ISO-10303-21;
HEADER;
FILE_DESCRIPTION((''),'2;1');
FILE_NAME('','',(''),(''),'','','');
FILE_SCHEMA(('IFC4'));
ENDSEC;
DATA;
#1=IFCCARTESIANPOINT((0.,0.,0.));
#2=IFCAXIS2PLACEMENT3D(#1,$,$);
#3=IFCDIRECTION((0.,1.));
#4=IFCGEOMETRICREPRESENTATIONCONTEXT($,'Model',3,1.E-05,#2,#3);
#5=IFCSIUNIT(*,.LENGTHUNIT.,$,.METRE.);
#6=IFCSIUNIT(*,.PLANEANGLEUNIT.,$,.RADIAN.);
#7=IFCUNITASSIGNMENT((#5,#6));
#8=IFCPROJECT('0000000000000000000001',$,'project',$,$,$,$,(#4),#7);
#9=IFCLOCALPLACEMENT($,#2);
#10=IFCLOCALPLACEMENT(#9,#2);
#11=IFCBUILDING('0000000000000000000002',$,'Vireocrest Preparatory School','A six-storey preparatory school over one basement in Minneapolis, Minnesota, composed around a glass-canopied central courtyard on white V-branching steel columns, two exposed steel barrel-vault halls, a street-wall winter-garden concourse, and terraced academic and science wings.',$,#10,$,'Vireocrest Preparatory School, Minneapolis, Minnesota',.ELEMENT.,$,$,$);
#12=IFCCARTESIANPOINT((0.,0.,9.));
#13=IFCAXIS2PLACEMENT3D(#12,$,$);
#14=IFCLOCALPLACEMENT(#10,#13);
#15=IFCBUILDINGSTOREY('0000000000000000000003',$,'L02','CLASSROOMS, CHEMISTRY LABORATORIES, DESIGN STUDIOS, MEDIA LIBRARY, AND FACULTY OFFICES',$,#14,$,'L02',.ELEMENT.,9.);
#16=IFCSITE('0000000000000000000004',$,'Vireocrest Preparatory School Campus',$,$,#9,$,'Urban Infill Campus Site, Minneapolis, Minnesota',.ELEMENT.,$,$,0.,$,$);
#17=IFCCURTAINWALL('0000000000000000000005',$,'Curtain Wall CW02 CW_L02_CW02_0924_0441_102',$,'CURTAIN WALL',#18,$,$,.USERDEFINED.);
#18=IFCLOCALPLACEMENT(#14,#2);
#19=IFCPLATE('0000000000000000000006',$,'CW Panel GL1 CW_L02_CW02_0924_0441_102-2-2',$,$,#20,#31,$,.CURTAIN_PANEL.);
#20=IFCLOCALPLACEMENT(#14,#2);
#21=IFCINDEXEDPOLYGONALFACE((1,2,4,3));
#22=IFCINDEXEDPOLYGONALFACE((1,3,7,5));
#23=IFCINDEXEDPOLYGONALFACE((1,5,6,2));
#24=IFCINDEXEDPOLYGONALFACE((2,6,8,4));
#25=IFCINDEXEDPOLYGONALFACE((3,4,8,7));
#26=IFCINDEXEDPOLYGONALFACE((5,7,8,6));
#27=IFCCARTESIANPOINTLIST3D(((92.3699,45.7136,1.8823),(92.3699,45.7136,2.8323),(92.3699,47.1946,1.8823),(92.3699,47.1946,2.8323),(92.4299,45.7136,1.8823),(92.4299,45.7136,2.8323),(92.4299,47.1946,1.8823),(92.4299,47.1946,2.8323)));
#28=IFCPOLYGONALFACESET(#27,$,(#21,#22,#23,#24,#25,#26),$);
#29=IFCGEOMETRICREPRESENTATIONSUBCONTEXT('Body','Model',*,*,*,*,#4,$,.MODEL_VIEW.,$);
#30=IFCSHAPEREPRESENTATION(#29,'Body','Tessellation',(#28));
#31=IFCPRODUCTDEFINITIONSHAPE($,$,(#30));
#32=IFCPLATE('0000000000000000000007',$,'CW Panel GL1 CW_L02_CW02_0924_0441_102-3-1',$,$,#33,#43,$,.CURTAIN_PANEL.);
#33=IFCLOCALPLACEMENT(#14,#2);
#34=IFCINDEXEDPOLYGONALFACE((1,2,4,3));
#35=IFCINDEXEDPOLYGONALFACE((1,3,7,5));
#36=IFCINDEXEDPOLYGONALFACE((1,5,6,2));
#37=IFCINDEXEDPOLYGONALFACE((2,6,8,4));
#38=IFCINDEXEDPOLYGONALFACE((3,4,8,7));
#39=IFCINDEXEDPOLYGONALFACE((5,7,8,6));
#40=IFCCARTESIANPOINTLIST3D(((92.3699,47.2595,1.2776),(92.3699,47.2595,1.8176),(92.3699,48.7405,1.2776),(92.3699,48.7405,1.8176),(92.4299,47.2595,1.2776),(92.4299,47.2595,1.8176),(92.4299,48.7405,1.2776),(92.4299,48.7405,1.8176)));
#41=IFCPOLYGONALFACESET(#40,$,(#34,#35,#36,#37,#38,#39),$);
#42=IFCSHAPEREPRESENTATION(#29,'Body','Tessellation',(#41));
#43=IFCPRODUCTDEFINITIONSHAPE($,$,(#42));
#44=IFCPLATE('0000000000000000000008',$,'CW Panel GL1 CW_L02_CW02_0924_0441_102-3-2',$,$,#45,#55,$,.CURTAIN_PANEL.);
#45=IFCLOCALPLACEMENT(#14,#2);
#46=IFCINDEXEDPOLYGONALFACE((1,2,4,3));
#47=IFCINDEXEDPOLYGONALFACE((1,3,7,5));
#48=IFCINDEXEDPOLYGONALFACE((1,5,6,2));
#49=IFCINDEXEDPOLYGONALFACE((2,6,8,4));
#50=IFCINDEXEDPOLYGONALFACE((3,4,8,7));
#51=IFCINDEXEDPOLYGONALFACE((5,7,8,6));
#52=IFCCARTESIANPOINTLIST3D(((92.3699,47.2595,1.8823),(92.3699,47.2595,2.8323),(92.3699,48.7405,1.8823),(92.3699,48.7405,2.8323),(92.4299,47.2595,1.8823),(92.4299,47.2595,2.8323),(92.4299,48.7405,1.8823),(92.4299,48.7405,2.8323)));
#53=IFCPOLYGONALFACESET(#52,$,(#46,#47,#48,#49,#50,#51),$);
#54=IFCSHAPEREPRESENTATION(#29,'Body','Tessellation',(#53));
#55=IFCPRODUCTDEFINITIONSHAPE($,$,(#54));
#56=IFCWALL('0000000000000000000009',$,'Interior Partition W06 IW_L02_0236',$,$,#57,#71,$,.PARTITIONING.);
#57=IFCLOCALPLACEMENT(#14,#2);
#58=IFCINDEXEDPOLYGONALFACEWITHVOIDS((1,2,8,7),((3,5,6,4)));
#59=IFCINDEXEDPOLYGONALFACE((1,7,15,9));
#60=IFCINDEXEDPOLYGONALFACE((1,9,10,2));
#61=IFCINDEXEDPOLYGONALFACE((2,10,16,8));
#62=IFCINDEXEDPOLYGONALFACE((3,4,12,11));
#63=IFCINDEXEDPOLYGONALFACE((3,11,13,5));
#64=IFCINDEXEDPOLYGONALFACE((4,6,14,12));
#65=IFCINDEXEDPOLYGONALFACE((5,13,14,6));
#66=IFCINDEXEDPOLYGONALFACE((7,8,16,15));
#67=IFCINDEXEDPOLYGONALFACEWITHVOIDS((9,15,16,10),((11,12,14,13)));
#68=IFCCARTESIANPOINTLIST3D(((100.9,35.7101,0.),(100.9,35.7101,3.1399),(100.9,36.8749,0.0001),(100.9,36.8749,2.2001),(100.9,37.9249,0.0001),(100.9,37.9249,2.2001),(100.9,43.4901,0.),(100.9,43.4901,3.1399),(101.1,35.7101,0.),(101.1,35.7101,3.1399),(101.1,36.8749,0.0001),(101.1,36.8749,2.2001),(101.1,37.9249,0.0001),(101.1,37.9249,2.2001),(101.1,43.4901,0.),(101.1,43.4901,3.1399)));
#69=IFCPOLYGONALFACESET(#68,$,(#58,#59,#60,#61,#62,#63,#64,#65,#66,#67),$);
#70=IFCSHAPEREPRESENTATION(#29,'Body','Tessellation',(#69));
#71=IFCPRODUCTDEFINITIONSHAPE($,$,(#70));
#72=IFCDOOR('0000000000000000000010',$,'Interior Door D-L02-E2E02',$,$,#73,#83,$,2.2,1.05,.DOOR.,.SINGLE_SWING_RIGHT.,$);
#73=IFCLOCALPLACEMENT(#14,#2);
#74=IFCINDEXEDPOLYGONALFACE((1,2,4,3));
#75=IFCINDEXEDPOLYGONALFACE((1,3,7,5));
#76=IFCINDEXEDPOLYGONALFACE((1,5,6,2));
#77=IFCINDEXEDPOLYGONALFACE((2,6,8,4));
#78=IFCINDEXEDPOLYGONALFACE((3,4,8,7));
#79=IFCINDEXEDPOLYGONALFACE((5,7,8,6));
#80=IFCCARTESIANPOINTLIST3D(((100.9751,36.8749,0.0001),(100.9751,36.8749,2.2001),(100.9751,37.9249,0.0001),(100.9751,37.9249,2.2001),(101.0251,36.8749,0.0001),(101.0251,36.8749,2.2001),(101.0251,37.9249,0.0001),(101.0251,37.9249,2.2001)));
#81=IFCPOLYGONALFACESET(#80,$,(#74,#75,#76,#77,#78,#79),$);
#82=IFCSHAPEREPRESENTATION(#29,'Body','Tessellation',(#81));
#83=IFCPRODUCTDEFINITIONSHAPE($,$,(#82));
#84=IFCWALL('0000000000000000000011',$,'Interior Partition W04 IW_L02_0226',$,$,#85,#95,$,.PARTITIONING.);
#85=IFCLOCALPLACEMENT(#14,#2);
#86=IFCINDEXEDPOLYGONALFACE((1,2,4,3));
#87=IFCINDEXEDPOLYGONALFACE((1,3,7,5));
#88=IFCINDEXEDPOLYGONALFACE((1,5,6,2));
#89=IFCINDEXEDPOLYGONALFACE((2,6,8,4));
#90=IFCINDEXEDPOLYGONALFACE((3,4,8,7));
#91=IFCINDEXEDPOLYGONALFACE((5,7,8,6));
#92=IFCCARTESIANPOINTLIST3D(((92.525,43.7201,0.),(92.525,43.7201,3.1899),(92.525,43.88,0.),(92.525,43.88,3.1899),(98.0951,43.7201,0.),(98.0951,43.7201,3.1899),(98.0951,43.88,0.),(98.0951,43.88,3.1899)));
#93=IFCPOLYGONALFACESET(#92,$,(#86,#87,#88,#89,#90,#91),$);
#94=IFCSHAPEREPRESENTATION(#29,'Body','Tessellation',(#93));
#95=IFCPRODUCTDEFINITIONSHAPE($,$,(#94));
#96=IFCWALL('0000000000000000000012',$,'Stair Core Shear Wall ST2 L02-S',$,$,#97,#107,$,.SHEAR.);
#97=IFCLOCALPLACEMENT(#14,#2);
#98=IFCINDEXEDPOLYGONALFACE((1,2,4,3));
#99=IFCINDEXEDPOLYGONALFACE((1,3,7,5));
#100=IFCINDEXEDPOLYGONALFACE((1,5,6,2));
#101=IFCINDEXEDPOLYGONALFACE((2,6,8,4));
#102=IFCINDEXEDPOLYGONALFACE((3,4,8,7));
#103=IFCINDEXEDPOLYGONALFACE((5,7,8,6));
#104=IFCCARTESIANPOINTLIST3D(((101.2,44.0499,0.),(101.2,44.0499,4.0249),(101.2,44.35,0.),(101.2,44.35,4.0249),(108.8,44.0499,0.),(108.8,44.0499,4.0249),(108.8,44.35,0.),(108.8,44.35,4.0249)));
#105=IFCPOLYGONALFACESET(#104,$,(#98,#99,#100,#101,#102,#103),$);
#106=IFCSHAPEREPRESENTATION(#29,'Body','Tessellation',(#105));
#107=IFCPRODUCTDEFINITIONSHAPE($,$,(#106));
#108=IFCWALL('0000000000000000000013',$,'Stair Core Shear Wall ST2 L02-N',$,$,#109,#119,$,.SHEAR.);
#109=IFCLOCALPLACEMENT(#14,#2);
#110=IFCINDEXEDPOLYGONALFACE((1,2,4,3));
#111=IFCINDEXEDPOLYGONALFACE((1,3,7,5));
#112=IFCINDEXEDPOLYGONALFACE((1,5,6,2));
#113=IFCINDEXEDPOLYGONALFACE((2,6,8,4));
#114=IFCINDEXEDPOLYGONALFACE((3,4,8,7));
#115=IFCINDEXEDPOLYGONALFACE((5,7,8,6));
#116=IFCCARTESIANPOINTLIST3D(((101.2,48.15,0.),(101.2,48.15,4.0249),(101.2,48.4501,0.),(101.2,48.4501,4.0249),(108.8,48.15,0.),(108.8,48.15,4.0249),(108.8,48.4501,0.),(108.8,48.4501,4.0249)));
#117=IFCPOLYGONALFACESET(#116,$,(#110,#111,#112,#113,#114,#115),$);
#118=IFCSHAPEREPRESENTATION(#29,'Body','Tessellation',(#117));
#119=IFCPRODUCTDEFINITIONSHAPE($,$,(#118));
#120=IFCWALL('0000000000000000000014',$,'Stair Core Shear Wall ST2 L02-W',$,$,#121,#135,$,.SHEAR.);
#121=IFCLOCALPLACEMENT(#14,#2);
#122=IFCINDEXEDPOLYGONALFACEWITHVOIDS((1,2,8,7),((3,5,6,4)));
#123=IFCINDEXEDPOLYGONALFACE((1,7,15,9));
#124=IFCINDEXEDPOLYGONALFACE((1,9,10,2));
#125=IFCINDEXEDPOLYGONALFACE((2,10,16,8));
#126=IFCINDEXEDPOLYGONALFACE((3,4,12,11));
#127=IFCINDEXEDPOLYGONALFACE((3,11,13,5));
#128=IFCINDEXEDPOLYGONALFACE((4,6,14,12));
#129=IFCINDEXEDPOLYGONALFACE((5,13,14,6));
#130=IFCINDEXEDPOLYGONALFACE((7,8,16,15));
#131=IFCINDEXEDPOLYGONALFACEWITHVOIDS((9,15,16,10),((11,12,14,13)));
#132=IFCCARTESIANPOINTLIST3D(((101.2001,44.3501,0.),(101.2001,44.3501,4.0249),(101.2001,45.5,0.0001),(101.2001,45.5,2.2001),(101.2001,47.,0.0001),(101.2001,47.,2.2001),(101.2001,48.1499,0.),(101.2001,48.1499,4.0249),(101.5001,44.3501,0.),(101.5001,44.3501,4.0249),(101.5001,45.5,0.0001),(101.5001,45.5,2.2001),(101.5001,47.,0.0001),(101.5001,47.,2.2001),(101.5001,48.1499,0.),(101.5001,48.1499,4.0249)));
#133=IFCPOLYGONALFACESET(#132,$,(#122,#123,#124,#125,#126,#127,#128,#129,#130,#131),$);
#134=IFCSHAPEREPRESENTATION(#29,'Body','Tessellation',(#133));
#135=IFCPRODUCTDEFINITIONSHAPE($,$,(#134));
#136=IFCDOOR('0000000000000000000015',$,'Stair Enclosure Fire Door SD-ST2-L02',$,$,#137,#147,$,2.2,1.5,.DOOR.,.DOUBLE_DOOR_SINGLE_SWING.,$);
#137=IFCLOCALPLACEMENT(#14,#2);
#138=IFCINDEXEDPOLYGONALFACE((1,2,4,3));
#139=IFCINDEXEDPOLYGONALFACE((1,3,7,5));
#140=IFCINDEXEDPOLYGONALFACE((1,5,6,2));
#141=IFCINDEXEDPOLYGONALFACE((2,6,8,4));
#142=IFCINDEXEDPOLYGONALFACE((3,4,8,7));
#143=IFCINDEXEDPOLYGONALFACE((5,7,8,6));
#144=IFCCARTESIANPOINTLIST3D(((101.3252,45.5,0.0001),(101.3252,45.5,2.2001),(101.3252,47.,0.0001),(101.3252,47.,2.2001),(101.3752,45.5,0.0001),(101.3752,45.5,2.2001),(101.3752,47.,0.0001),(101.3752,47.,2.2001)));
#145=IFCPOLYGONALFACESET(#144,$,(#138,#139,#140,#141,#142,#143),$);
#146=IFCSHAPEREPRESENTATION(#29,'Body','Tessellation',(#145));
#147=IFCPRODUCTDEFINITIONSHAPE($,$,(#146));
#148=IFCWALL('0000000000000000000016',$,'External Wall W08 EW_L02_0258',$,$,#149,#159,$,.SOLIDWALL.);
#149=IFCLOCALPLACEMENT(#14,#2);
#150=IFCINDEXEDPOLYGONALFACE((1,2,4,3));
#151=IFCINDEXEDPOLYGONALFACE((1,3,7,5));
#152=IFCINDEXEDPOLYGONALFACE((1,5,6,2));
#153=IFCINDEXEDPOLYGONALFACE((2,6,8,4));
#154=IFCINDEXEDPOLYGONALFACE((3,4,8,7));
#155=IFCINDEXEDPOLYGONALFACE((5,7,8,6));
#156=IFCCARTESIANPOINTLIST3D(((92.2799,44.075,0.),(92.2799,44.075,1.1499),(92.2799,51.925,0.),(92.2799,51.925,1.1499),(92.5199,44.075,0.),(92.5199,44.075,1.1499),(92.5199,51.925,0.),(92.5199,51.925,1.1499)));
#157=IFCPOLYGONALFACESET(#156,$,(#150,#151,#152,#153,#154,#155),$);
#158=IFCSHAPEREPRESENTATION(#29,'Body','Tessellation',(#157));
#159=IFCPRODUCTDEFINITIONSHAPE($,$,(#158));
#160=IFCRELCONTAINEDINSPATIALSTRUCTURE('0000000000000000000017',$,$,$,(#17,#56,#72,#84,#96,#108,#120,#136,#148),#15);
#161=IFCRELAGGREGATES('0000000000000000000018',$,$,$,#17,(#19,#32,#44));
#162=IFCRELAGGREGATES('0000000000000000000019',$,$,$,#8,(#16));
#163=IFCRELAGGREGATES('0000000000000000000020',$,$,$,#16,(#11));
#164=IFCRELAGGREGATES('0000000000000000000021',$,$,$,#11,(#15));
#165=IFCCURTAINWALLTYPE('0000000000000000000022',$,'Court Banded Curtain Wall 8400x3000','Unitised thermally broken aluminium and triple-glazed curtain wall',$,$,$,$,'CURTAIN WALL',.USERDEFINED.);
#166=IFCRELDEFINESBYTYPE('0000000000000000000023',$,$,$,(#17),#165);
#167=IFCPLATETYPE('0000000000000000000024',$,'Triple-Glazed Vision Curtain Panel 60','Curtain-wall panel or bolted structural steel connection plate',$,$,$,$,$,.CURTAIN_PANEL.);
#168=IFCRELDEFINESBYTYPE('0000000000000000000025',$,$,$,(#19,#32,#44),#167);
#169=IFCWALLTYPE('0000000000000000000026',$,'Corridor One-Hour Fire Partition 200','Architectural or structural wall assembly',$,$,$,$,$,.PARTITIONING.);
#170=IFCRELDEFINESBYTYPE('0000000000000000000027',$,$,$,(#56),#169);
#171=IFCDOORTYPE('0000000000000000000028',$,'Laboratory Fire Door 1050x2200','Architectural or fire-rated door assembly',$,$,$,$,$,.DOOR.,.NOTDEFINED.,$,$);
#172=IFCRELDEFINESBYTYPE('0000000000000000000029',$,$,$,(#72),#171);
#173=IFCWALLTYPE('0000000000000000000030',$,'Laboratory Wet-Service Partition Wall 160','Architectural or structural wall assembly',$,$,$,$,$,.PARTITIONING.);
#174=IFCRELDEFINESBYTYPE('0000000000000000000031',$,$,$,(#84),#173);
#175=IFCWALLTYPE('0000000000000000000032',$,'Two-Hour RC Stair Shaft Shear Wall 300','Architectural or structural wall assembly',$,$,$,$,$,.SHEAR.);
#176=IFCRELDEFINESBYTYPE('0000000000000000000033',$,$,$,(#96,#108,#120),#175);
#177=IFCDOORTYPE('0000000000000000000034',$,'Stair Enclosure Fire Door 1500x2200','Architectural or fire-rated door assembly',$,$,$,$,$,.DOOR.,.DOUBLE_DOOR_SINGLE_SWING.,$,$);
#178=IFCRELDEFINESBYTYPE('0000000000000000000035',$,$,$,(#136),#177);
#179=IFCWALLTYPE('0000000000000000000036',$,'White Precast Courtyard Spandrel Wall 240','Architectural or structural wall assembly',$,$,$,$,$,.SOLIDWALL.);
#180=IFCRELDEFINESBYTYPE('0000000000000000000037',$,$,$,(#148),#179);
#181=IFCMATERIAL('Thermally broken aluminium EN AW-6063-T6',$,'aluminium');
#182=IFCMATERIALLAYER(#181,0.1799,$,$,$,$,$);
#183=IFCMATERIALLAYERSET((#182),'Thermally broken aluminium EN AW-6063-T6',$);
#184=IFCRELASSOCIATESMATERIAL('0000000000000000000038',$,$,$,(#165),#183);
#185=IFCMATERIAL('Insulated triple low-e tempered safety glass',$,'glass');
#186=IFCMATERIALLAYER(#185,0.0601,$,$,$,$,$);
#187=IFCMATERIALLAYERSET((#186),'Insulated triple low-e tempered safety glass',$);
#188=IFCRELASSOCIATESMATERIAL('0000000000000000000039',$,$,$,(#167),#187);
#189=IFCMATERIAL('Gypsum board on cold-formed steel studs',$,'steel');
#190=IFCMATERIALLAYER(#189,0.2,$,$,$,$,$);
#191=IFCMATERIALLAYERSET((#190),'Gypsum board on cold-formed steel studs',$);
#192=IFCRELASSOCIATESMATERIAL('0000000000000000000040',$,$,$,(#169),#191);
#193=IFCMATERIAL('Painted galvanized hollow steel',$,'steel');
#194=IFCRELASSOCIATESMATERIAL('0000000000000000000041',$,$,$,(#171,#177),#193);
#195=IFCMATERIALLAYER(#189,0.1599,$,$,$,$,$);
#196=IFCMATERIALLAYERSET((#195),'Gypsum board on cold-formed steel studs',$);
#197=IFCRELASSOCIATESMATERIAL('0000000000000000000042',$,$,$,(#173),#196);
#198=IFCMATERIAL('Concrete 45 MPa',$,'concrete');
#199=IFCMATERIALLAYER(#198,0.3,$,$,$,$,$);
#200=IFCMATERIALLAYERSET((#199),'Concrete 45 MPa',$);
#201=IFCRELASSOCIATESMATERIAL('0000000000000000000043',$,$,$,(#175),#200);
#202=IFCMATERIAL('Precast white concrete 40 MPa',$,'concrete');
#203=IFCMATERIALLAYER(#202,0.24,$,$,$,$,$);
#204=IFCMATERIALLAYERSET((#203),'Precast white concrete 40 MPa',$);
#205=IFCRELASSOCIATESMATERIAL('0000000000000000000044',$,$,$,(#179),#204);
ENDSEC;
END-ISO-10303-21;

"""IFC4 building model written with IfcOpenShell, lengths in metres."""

from ifc_helpers import new_model, si_unit, direction, frame, frame_2d, origin, origin_2d, place, context, subcontext, project, spatial, rectangle, extrude, material, layer, layer_set, type_object, element, fill, aggregate, save


model = new_model("IFC4")

# Units and contexts
model_context = context("Model", 3, precision=1e-05, world=origin(), true_north=direction((0.0, 1.0)))
body_context = subcontext(model_context, "Body", "Model", "MODEL_VIEW")
ifc_project = project(units=[si_unit("LENGTHUNIT", "METRE"), si_unit("PLANEANGLEUNIT", "RADIAN")], contexts=[model_context])

# Site, building, storey
site_placement = place(None, origin())
site = spatial("IfcSite", under=ifc_project, at=site_placement, Name="Vireocrest Preparatory School Campus", LongName="Urban Infill Campus Site, Minneapolis, Minnesota", CompositionType="ELEMENT", RefElevation=0.0)
building_placement = place(site_placement, origin())
building = spatial("IfcBuilding", under=site, at=building_placement, Name="Vireocrest Preparatory School", Description="A six-storey preparatory school over one basement in Minneapolis, Minnesota, composed around a glass-canopied central courtyard on white V-branching steel columns, two exposed steel barrel-vault halls, a street-wall winter-garden concourse, and terraced academic and science wings.", LongName="Vireocrest Preparatory School, Minneapolis, Minnesota", CompositionType="ELEMENT")
storey_placement = place(building_placement, frame((0.0, 0.0, 9.0)))
storey = spatial("IfcBuildingStorey", under=building, at=storey_placement, Name="L02", Description="CLASSROOMS, CHEMISTRY LABORATORIES, DESIGN STUDIOS, MEDIA LIBRARY, AND FACULTY OFFICES", LongName="L02", CompositionType="ELEMENT", Elevation=9.0)

# Shared definitions
ifc_material_1 = material(Name="Concrete 45 MPa", Category="concrete")

# Curtain wall
ifc_material_2 = material(Name="Thermally broken aluminium EN AW-6063-T6", Category="aluminium")
ifc_layer_1 = layer(ifc_material_2, 0.1799)
ifc_layer_set_1 = layer_set([ifc_layer_1], Name="Thermally broken aluminium EN AW-6063-T6")
curtain_wall_type = type_object("IfcCurtainWallType", Name="Court Banded Curtain Wall 8400x3000", Description="Unitised thermally broken aluminium and triple-glazed curtain wall", ElementType="CURTAIN WALL", PredefinedType="USERDEFINED", material=ifc_layer_set_1)
curtain_wall_placement = place(storey_placement, origin())
curtain_wall = element("IfcCurtainWall", 1, at=curtain_wall_placement, inside=storey, type_object=curtain_wall_type, Name="Curtain Wall CW02 CW_L02_CW02_0924_0441_102", ObjectType="CURTAIN WALL", PredefinedType="USERDEFINED")

# Plates
ifc_material_3 = material(Name="Insulated triple low-e tempered safety glass", Category="glass")
ifc_layer_2 = layer(ifc_material_3, 0.0601)
ifc_layer_set_2 = layer_set([ifc_layer_2], Name="Insulated triple low-e tempered safety glass")
plate_type = type_object("IfcPlateType", Name="Triple-Glazed Vision Curtain Panel 60", Description="Curtain-wall panel or bolted structural steel connection plate", PredefinedType="CURTAIN_PANEL", material=ifc_layer_set_2)
plate_1_placement = place(storey_placement, frame((92.3999, 46.4541, 1.8823), z_axis=(0.0, 0.0, 1.0), x_axis=(0.0, 1.0, 0.0)))
plate_1 = element("IfcPlate", 2, at=plate_1_placement, type_object=plate_type, Name="CW Panel GL1 CW_L02_CW02_0924_0441_102-2-2", PredefinedType="CURTAIN_PANEL", context=body_context, shape_type="SweptSolid", body=[
    extrude(rectangle(XDim=1.481, YDim=0.0601, at=origin_2d()), origin(), (0.0, 0.0, 1.0), 0.95),
])
plate_2_placement = place(storey_placement, frame((92.3999, 48.0, 1.2776), z_axis=(0.0, 0.0, 1.0), x_axis=(0.0, 1.0, 0.0)))
plate_2 = element("IfcPlate", 3, at=plate_2_placement, type_object=plate_type, Name="CW Panel GL1 CW_L02_CW02_0924_0441_102-3-1", PredefinedType="CURTAIN_PANEL", context=body_context, shape_type="SweptSolid", body=[
    extrude(rectangle(XDim=1.481, YDim=0.0601, at=origin_2d()), origin(), (0.0, 0.0, 1.0), 0.54),
])
plate_3_placement = place(storey_placement, frame((92.3999, 48.0, 1.8823), z_axis=(0.0, 0.0, 1.0), x_axis=(0.0, 1.0, 0.0)))
plate_3 = element("IfcPlate", 4, at=plate_3_placement, type_object=plate_type, Name="CW Panel GL1 CW_L02_CW02_0924_0441_102-3-2", PredefinedType="CURTAIN_PANEL", context=body_context, shape_type="SweptSolid", body=[
    extrude(rectangle(XDim=1.481, YDim=0.0601, at=origin_2d()), origin(), (0.0, 0.0, 1.0), 0.95),
])
aggregate(curtain_wall, [plate_1, plate_2, plate_3])

# Wall, opening, door
ifc_material_4 = material(Name="Gypsum board on cold-formed steel studs", Category="steel")
ifc_layer_3 = layer(ifc_material_4, 0.2)
ifc_layer_set_3 = layer_set([ifc_layer_3], Name="Gypsum board on cold-formed steel studs")
wall_type_1 = type_object("IfcWallType", Name="Corridor One-Hour Fire Partition 200", Description="Architectural or structural wall assembly", PredefinedType="PARTITIONING", material=ifc_layer_set_3)
wall_1_placement = place(storey_placement, frame((101.0, 35.71, 0.0), z_axis=(0.0, 0.0, 1.0), x_axis=(0.0, 1.0, 0.0)))
wall_1 = element("IfcWall", 5, at=wall_1_placement, inside=storey, type_object=wall_type_1, Name="Interior Partition W06 IW_L02_0236", PredefinedType="PARTITIONING", context=body_context, shape_type="SweptSolid", body=[
    extrude(rectangle(XDim=7.78, YDim=0.2, at=frame_2d((3.8901, 0.0))), origin(), (0.0, 0.0, 1.0), 3.1399),
])
opening_1_placement = place(wall_1_placement, frame((1.165, 0.0, 0.0)))
opening_1 = element("IfcOpeningElement", 6, at=opening_1_placement, cuts=wall_1, PredefinedType="OPENING", context=body_context, shape_type="SweptSolid", body=[
    extrude(rectangle(XDim=1.05, YDim=2.2, at=frame_2d((0.5249, 1.1001))), frame((0.0, 0.1099, 0.0), z_axis=(0.0, -1.0, 0.0), x_axis=(1.0, 0.0, 0.0)), (0.0, 0.0, 1.0), 0.22),
])
ifc_material_5 = material(Name="Painted galvanized hollow steel", Category="steel")
door_type_1 = type_object("IfcDoorType", Name="Laboratory Fire Door 1050x2200", Description="Architectural or fire-rated door assembly", OperationType="NOTDEFINED", PredefinedType="DOOR", material=ifc_material_5)
door_1_placement = place(opening_1_placement, origin())
door_1 = element("IfcDoor", 7, at=door_1_placement, inside=storey, type_object=door_type_1, Name="Interior Door D-L02-E2E02", OperationType="SINGLE_SWING_RIGHT", OverallHeight=2.2, OverallWidth=1.05, PredefinedType="DOOR", context=body_context, shape_type="SweptSolid", body=[
    extrude(rectangle(XDim=1.05, YDim=2.2, at=frame_2d((0.5249, 1.1001))), frame((0.0, 0.0249, 0.0), z_axis=(0.0, -1.0, 0.0), x_axis=(1.0, 0.0, 0.0)), (0.0, 0.0, 1.0), 0.05),
])
fill(opening_1, door_1)

# Walls
ifc_layer_4 = layer(ifc_material_4, 0.1599)
ifc_layer_set_4 = layer_set([ifc_layer_4], Name="Gypsum board on cold-formed steel studs")
wall_type_2 = type_object("IfcWallType", Name="Laboratory Wet-Service Partition Wall 160", Description="Architectural or structural wall assembly", PredefinedType="PARTITIONING", material=ifc_layer_set_4)
wall_2_placement = place(storey_placement, frame((92.5249, 43.8, 0.0), z_axis=(0.0, 0.0, 1.0), x_axis=(1.0, 0.0, 0.0)))
element("IfcWall", 8, at=wall_2_placement, inside=storey, type_object=wall_type_2, Name="Interior Partition W04 IW_L02_0226", PredefinedType="PARTITIONING", context=body_context, shape_type="SweptSolid", body=[
    extrude(rectangle(XDim=5.5701, YDim=0.1599, at=frame_2d((2.7852, 0.0))), origin(), (0.0, 0.0, 1.0), 3.1899),
])
ifc_layer_5 = layer(ifc_material_1, 0.3)
ifc_layer_set_5 = layer_set([ifc_layer_5], Name="Concrete 45 MPa")
wall_type_3 = type_object("IfcWallType", Name="Two-Hour RC Stair Shaft Shear Wall 300", Description="Architectural or structural wall assembly", PredefinedType="SHEAR", material=ifc_layer_set_5)
for number, where, z_axis, x_axis, name in (
    (9, (101.2, 44.2, 0.0), (0.0, 0.0, 1.0), (1.0, 0.0, 0.0), "Stair Core Shear Wall ST2 L02-S"),
    (10, (101.2, 48.3, 0.0), (0.0, 0.0, 1.0), (1.0, 0.0, 0.0), "Stair Core Shear Wall ST2 L02-N"),
):
    element("IfcWall", number, at=place(storey_placement, frame(where, z_axis=z_axis, x_axis=x_axis)), inside=storey, type_object=wall_type_3, Name=name, PredefinedType="SHEAR", context=body_context, shape_type="SweptSolid", body=[
        extrude(rectangle(XDim=7.6001, YDim=0.3, at=frame_2d((3.8, 0.0))), origin(), (0.0, 0.0, 1.0), 4.0249),
    ])

# Wall, opening, door
wall_3_placement = place(storey_placement, frame((101.3501, 44.3501, 0.0), z_axis=(0.0, 0.0, 1.0), x_axis=(0.0, 1.0, 0.0)))
wall_3 = element("IfcWall", 11, at=wall_3_placement, inside=storey, type_object=wall_type_3, Name="Stair Core Shear Wall ST2 L02-W", PredefinedType="SHEAR", context=body_context, shape_type="SweptSolid", body=[
    extrude(rectangle(XDim=3.7998, YDim=0.3, at=frame_2d((1.8999, 0.0))), origin(), (0.0, 0.0, 1.0), 4.0249),
])
opening_2_placement = place(wall_3_placement, frame((1.1499, 0.0, 0.0)))
opening_2 = element("IfcOpeningElement", 12, at=opening_2_placement, cuts=wall_3, PredefinedType="OPENING", context=body_context, shape_type="SweptSolid", body=[
    extrude(rectangle(XDim=1.5, YDim=2.2, at=frame_2d((0.75, 1.1001))), frame((0.0, 0.1599, 0.0), z_axis=(0.0, -1.0, 0.0), x_axis=(1.0, 0.0, 0.0)), (0.0, 0.0, 1.0), 0.3201),
])
door_type_2 = type_object("IfcDoorType", Name="Stair Enclosure Fire Door 1500x2200", Description="Architectural or fire-rated door assembly", OperationType="DOUBLE_DOOR_SINGLE_SWING", PredefinedType="DOOR", material=ifc_material_5)
door_2_placement = place(opening_2_placement, origin())
door_2 = element("IfcDoor", 13, at=door_2_placement, inside=storey, type_object=door_type_2, Name="Stair Enclosure Fire Door SD-ST2-L02", OperationType="DOUBLE_DOOR_SINGLE_SWING", OverallHeight=2.2, OverallWidth=1.5, PredefinedType="DOOR", context=body_context, shape_type="SweptSolid", body=[
    extrude(rectangle(XDim=1.5, YDim=2.2, at=frame_2d((0.75, 1.1001))), frame((0.0, 0.0249, 0.0), z_axis=(0.0, -1.0, 0.0), x_axis=(1.0, 0.0, 0.0)), (0.0, 0.0, 1.0), 0.05),
])
fill(opening_2, door_2)

# Wall
ifc_material_6 = material(Name="Precast white concrete 40 MPa", Category="concrete")
ifc_layer_6 = layer(ifc_material_6, 0.24)
ifc_layer_set_6 = layer_set([ifc_layer_6], Name="Precast white concrete 40 MPa")
wall_type_4 = type_object("IfcWallType", Name="White Precast Courtyard Spandrel Wall 240", Description="Architectural or structural wall assembly", PredefinedType="SOLIDWALL", material=ifc_layer_set_6)
wall_4_placement = place(storey_placement, frame((92.3999, 44.075, 0.0), z_axis=(0.0, 0.0, 1.0), x_axis=(0.0, 1.0, 0.0)))
element("IfcWall", 14, at=wall_4_placement, inside=storey, type_object=wall_type_4, Name="External Wall W08 EW_L02_0258", PredefinedType="SOLIDWALL", context=body_context, shape_type="SweptSolid", body=[
    extrude(rectangle(XDim=7.8501, YDim=0.24, at=frame_2d((3.925, 0.0))), origin(), (0.0, 0.0, 1.0), 1.1499),
])

save(model, "model.ifc")
